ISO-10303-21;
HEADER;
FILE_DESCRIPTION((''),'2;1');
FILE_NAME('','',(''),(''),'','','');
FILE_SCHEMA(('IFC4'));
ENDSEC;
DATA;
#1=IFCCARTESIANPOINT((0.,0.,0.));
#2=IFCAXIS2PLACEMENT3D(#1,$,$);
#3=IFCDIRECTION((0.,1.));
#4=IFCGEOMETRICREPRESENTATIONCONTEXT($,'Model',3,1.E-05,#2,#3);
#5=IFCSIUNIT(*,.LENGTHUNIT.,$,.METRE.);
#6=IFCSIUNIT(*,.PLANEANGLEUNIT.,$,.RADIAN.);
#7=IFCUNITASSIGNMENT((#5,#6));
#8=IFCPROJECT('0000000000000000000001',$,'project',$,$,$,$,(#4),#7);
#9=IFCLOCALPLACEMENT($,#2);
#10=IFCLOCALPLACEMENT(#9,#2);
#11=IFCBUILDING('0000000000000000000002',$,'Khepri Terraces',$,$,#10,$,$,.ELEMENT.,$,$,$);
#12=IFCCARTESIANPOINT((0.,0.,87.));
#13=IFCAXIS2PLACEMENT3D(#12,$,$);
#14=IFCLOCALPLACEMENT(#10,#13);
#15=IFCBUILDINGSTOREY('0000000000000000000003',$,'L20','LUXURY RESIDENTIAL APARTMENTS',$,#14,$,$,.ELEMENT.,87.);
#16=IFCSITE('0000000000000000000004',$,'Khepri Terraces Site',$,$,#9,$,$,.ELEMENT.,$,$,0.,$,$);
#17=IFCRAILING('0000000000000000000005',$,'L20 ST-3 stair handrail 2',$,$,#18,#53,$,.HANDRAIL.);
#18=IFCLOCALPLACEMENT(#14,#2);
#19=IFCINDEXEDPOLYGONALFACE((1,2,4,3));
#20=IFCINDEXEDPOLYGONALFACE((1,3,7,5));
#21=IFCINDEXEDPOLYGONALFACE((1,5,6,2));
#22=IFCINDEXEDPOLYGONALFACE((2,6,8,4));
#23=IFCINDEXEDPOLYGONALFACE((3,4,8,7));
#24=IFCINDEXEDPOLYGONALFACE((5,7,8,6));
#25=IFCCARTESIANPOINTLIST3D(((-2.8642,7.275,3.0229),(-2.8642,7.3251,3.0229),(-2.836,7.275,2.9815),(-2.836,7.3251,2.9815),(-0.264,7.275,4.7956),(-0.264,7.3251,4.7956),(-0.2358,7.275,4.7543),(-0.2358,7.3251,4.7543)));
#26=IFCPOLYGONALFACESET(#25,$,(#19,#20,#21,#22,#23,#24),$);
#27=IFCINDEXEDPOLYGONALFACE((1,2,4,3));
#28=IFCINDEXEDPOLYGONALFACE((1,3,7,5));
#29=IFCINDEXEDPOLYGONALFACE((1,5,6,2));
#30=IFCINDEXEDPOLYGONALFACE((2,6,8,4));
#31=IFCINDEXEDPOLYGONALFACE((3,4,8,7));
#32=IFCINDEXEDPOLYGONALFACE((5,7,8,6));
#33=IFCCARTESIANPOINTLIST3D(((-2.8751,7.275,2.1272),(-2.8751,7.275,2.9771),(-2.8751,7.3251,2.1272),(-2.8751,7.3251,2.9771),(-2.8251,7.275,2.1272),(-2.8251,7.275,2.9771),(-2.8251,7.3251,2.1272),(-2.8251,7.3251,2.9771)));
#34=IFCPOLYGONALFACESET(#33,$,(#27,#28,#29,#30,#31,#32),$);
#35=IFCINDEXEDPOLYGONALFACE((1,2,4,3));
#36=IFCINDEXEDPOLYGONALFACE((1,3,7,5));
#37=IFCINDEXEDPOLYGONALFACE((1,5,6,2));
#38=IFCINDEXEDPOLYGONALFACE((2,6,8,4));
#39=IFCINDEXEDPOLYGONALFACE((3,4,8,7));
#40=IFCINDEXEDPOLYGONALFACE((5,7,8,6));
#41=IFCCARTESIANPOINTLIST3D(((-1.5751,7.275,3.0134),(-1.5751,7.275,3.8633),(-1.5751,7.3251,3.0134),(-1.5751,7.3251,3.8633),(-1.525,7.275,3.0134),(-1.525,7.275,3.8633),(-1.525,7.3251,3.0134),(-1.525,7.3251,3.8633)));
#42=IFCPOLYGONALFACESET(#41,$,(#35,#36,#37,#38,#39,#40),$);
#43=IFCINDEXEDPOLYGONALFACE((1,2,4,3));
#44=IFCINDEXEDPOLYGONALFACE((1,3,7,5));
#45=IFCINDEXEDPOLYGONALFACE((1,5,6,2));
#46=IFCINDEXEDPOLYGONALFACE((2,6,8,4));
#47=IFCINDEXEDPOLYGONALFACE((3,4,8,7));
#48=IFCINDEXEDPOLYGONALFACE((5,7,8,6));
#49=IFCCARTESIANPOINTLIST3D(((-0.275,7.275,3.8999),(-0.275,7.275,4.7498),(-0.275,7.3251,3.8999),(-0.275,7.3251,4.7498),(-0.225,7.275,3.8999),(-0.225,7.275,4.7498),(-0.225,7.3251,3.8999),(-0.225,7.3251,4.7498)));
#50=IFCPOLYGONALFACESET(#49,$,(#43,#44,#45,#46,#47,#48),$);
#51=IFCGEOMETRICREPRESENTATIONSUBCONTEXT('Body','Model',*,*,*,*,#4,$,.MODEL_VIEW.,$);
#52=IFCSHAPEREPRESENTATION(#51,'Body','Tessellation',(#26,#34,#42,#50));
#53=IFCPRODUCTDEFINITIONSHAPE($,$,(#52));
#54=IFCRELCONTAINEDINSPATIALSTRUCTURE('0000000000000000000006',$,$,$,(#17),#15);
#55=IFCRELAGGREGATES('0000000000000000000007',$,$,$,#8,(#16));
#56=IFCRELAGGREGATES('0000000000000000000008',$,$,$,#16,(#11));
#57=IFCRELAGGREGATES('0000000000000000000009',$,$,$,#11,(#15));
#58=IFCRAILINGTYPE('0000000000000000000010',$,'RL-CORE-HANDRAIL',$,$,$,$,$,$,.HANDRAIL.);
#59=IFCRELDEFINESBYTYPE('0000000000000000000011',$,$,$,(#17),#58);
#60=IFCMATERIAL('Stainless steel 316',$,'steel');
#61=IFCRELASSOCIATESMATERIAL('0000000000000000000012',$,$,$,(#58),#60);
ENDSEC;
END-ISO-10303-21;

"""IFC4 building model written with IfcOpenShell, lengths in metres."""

from ifc_helpers import new_model, si_unit, direction, frame, origin, origin_2d, place, context, subcontext, project, spatial, rectangle, extrude, material, type_object, element, save


model = new_model("IFC4")

# Units and contexts
model_context = context("Model", 3, precision=1e-05, world=origin(), true_north=direction((0.0, 1.0)))
body_context = subcontext(model_context, "Body", "Model", "MODEL_VIEW")
ifc_project = project(units=[si_unit("LENGTHUNIT", "METRE"), si_unit("PLANEANGLEUNIT", "RADIAN")], contexts=[model_context])

# Site, building, storey
site_placement = place(None, origin())
site = spatial("IfcSite", under=ifc_project, at=site_placement, Name="Khepri Terraces Site", CompositionType="ELEMENT", RefElevation=0.0)
building_placement = place(site_placement, origin())
building = spatial("IfcBuilding", under=site, at=building_placement, Name="Khepri Terraces", CompositionType="ELEMENT")
storey_placement = place(building_placement, frame((0.0, 0.0, 87.0)))
storey = spatial("IfcBuildingStorey", under=building, at=storey_placement, Name="L20", Description="LUXURY RESIDENTIAL APARTMENTS", CompositionType="ELEMENT", Elevation=87.0)

# Railing
ifc_material_1 = material(Name="Stainless steel 316", Category="steel")
railing_type_1 = type_object("IfcRailingType", Name="RL-CORE-HANDRAIL", PredefinedType="HANDRAIL", material=ifc_material_1)
railing_1_placement = place(storey_placement, frame((-2.8501, 7.3, 2.1272)))
element("IfcRailing", 1, at=railing_1_placement, inside=storey, type_object=railing_type_1, Name="L20 ST-3 stair handrail 2", PredefinedType="HANDRAIL", context=body_context, shape_type="SweptSolid", body=[
    extrude(rectangle(XDim=0.05, YDim=0.05, at=origin_2d()), frame((0.0, 0.0, 0.875), z_axis=(0.82624, 0.0, 0.563318), x_axis=(0.0, 1.0, 0.0)), (0.0, 0.0, 1.0), 3.147),
    extrude(rectangle(XDim=0.05, YDim=0.05, at=origin_2d()), origin(), (0.0, 0.0, 1.0), 0.8499),
    extrude(rectangle(XDim=0.05, YDim=0.05, at=origin_2d()), frame((1.3, 0.0, 0.8862)), (0.0, 0.0, 1.0), 0.8499),
    extrude(rectangle(XDim=0.05, YDim=0.05, at=origin_2d()), frame((2.6001, 0.0, 1.7727)), (0.0, 0.0, 1.0), 0.8499),
])

save(model, "model.ifc")
